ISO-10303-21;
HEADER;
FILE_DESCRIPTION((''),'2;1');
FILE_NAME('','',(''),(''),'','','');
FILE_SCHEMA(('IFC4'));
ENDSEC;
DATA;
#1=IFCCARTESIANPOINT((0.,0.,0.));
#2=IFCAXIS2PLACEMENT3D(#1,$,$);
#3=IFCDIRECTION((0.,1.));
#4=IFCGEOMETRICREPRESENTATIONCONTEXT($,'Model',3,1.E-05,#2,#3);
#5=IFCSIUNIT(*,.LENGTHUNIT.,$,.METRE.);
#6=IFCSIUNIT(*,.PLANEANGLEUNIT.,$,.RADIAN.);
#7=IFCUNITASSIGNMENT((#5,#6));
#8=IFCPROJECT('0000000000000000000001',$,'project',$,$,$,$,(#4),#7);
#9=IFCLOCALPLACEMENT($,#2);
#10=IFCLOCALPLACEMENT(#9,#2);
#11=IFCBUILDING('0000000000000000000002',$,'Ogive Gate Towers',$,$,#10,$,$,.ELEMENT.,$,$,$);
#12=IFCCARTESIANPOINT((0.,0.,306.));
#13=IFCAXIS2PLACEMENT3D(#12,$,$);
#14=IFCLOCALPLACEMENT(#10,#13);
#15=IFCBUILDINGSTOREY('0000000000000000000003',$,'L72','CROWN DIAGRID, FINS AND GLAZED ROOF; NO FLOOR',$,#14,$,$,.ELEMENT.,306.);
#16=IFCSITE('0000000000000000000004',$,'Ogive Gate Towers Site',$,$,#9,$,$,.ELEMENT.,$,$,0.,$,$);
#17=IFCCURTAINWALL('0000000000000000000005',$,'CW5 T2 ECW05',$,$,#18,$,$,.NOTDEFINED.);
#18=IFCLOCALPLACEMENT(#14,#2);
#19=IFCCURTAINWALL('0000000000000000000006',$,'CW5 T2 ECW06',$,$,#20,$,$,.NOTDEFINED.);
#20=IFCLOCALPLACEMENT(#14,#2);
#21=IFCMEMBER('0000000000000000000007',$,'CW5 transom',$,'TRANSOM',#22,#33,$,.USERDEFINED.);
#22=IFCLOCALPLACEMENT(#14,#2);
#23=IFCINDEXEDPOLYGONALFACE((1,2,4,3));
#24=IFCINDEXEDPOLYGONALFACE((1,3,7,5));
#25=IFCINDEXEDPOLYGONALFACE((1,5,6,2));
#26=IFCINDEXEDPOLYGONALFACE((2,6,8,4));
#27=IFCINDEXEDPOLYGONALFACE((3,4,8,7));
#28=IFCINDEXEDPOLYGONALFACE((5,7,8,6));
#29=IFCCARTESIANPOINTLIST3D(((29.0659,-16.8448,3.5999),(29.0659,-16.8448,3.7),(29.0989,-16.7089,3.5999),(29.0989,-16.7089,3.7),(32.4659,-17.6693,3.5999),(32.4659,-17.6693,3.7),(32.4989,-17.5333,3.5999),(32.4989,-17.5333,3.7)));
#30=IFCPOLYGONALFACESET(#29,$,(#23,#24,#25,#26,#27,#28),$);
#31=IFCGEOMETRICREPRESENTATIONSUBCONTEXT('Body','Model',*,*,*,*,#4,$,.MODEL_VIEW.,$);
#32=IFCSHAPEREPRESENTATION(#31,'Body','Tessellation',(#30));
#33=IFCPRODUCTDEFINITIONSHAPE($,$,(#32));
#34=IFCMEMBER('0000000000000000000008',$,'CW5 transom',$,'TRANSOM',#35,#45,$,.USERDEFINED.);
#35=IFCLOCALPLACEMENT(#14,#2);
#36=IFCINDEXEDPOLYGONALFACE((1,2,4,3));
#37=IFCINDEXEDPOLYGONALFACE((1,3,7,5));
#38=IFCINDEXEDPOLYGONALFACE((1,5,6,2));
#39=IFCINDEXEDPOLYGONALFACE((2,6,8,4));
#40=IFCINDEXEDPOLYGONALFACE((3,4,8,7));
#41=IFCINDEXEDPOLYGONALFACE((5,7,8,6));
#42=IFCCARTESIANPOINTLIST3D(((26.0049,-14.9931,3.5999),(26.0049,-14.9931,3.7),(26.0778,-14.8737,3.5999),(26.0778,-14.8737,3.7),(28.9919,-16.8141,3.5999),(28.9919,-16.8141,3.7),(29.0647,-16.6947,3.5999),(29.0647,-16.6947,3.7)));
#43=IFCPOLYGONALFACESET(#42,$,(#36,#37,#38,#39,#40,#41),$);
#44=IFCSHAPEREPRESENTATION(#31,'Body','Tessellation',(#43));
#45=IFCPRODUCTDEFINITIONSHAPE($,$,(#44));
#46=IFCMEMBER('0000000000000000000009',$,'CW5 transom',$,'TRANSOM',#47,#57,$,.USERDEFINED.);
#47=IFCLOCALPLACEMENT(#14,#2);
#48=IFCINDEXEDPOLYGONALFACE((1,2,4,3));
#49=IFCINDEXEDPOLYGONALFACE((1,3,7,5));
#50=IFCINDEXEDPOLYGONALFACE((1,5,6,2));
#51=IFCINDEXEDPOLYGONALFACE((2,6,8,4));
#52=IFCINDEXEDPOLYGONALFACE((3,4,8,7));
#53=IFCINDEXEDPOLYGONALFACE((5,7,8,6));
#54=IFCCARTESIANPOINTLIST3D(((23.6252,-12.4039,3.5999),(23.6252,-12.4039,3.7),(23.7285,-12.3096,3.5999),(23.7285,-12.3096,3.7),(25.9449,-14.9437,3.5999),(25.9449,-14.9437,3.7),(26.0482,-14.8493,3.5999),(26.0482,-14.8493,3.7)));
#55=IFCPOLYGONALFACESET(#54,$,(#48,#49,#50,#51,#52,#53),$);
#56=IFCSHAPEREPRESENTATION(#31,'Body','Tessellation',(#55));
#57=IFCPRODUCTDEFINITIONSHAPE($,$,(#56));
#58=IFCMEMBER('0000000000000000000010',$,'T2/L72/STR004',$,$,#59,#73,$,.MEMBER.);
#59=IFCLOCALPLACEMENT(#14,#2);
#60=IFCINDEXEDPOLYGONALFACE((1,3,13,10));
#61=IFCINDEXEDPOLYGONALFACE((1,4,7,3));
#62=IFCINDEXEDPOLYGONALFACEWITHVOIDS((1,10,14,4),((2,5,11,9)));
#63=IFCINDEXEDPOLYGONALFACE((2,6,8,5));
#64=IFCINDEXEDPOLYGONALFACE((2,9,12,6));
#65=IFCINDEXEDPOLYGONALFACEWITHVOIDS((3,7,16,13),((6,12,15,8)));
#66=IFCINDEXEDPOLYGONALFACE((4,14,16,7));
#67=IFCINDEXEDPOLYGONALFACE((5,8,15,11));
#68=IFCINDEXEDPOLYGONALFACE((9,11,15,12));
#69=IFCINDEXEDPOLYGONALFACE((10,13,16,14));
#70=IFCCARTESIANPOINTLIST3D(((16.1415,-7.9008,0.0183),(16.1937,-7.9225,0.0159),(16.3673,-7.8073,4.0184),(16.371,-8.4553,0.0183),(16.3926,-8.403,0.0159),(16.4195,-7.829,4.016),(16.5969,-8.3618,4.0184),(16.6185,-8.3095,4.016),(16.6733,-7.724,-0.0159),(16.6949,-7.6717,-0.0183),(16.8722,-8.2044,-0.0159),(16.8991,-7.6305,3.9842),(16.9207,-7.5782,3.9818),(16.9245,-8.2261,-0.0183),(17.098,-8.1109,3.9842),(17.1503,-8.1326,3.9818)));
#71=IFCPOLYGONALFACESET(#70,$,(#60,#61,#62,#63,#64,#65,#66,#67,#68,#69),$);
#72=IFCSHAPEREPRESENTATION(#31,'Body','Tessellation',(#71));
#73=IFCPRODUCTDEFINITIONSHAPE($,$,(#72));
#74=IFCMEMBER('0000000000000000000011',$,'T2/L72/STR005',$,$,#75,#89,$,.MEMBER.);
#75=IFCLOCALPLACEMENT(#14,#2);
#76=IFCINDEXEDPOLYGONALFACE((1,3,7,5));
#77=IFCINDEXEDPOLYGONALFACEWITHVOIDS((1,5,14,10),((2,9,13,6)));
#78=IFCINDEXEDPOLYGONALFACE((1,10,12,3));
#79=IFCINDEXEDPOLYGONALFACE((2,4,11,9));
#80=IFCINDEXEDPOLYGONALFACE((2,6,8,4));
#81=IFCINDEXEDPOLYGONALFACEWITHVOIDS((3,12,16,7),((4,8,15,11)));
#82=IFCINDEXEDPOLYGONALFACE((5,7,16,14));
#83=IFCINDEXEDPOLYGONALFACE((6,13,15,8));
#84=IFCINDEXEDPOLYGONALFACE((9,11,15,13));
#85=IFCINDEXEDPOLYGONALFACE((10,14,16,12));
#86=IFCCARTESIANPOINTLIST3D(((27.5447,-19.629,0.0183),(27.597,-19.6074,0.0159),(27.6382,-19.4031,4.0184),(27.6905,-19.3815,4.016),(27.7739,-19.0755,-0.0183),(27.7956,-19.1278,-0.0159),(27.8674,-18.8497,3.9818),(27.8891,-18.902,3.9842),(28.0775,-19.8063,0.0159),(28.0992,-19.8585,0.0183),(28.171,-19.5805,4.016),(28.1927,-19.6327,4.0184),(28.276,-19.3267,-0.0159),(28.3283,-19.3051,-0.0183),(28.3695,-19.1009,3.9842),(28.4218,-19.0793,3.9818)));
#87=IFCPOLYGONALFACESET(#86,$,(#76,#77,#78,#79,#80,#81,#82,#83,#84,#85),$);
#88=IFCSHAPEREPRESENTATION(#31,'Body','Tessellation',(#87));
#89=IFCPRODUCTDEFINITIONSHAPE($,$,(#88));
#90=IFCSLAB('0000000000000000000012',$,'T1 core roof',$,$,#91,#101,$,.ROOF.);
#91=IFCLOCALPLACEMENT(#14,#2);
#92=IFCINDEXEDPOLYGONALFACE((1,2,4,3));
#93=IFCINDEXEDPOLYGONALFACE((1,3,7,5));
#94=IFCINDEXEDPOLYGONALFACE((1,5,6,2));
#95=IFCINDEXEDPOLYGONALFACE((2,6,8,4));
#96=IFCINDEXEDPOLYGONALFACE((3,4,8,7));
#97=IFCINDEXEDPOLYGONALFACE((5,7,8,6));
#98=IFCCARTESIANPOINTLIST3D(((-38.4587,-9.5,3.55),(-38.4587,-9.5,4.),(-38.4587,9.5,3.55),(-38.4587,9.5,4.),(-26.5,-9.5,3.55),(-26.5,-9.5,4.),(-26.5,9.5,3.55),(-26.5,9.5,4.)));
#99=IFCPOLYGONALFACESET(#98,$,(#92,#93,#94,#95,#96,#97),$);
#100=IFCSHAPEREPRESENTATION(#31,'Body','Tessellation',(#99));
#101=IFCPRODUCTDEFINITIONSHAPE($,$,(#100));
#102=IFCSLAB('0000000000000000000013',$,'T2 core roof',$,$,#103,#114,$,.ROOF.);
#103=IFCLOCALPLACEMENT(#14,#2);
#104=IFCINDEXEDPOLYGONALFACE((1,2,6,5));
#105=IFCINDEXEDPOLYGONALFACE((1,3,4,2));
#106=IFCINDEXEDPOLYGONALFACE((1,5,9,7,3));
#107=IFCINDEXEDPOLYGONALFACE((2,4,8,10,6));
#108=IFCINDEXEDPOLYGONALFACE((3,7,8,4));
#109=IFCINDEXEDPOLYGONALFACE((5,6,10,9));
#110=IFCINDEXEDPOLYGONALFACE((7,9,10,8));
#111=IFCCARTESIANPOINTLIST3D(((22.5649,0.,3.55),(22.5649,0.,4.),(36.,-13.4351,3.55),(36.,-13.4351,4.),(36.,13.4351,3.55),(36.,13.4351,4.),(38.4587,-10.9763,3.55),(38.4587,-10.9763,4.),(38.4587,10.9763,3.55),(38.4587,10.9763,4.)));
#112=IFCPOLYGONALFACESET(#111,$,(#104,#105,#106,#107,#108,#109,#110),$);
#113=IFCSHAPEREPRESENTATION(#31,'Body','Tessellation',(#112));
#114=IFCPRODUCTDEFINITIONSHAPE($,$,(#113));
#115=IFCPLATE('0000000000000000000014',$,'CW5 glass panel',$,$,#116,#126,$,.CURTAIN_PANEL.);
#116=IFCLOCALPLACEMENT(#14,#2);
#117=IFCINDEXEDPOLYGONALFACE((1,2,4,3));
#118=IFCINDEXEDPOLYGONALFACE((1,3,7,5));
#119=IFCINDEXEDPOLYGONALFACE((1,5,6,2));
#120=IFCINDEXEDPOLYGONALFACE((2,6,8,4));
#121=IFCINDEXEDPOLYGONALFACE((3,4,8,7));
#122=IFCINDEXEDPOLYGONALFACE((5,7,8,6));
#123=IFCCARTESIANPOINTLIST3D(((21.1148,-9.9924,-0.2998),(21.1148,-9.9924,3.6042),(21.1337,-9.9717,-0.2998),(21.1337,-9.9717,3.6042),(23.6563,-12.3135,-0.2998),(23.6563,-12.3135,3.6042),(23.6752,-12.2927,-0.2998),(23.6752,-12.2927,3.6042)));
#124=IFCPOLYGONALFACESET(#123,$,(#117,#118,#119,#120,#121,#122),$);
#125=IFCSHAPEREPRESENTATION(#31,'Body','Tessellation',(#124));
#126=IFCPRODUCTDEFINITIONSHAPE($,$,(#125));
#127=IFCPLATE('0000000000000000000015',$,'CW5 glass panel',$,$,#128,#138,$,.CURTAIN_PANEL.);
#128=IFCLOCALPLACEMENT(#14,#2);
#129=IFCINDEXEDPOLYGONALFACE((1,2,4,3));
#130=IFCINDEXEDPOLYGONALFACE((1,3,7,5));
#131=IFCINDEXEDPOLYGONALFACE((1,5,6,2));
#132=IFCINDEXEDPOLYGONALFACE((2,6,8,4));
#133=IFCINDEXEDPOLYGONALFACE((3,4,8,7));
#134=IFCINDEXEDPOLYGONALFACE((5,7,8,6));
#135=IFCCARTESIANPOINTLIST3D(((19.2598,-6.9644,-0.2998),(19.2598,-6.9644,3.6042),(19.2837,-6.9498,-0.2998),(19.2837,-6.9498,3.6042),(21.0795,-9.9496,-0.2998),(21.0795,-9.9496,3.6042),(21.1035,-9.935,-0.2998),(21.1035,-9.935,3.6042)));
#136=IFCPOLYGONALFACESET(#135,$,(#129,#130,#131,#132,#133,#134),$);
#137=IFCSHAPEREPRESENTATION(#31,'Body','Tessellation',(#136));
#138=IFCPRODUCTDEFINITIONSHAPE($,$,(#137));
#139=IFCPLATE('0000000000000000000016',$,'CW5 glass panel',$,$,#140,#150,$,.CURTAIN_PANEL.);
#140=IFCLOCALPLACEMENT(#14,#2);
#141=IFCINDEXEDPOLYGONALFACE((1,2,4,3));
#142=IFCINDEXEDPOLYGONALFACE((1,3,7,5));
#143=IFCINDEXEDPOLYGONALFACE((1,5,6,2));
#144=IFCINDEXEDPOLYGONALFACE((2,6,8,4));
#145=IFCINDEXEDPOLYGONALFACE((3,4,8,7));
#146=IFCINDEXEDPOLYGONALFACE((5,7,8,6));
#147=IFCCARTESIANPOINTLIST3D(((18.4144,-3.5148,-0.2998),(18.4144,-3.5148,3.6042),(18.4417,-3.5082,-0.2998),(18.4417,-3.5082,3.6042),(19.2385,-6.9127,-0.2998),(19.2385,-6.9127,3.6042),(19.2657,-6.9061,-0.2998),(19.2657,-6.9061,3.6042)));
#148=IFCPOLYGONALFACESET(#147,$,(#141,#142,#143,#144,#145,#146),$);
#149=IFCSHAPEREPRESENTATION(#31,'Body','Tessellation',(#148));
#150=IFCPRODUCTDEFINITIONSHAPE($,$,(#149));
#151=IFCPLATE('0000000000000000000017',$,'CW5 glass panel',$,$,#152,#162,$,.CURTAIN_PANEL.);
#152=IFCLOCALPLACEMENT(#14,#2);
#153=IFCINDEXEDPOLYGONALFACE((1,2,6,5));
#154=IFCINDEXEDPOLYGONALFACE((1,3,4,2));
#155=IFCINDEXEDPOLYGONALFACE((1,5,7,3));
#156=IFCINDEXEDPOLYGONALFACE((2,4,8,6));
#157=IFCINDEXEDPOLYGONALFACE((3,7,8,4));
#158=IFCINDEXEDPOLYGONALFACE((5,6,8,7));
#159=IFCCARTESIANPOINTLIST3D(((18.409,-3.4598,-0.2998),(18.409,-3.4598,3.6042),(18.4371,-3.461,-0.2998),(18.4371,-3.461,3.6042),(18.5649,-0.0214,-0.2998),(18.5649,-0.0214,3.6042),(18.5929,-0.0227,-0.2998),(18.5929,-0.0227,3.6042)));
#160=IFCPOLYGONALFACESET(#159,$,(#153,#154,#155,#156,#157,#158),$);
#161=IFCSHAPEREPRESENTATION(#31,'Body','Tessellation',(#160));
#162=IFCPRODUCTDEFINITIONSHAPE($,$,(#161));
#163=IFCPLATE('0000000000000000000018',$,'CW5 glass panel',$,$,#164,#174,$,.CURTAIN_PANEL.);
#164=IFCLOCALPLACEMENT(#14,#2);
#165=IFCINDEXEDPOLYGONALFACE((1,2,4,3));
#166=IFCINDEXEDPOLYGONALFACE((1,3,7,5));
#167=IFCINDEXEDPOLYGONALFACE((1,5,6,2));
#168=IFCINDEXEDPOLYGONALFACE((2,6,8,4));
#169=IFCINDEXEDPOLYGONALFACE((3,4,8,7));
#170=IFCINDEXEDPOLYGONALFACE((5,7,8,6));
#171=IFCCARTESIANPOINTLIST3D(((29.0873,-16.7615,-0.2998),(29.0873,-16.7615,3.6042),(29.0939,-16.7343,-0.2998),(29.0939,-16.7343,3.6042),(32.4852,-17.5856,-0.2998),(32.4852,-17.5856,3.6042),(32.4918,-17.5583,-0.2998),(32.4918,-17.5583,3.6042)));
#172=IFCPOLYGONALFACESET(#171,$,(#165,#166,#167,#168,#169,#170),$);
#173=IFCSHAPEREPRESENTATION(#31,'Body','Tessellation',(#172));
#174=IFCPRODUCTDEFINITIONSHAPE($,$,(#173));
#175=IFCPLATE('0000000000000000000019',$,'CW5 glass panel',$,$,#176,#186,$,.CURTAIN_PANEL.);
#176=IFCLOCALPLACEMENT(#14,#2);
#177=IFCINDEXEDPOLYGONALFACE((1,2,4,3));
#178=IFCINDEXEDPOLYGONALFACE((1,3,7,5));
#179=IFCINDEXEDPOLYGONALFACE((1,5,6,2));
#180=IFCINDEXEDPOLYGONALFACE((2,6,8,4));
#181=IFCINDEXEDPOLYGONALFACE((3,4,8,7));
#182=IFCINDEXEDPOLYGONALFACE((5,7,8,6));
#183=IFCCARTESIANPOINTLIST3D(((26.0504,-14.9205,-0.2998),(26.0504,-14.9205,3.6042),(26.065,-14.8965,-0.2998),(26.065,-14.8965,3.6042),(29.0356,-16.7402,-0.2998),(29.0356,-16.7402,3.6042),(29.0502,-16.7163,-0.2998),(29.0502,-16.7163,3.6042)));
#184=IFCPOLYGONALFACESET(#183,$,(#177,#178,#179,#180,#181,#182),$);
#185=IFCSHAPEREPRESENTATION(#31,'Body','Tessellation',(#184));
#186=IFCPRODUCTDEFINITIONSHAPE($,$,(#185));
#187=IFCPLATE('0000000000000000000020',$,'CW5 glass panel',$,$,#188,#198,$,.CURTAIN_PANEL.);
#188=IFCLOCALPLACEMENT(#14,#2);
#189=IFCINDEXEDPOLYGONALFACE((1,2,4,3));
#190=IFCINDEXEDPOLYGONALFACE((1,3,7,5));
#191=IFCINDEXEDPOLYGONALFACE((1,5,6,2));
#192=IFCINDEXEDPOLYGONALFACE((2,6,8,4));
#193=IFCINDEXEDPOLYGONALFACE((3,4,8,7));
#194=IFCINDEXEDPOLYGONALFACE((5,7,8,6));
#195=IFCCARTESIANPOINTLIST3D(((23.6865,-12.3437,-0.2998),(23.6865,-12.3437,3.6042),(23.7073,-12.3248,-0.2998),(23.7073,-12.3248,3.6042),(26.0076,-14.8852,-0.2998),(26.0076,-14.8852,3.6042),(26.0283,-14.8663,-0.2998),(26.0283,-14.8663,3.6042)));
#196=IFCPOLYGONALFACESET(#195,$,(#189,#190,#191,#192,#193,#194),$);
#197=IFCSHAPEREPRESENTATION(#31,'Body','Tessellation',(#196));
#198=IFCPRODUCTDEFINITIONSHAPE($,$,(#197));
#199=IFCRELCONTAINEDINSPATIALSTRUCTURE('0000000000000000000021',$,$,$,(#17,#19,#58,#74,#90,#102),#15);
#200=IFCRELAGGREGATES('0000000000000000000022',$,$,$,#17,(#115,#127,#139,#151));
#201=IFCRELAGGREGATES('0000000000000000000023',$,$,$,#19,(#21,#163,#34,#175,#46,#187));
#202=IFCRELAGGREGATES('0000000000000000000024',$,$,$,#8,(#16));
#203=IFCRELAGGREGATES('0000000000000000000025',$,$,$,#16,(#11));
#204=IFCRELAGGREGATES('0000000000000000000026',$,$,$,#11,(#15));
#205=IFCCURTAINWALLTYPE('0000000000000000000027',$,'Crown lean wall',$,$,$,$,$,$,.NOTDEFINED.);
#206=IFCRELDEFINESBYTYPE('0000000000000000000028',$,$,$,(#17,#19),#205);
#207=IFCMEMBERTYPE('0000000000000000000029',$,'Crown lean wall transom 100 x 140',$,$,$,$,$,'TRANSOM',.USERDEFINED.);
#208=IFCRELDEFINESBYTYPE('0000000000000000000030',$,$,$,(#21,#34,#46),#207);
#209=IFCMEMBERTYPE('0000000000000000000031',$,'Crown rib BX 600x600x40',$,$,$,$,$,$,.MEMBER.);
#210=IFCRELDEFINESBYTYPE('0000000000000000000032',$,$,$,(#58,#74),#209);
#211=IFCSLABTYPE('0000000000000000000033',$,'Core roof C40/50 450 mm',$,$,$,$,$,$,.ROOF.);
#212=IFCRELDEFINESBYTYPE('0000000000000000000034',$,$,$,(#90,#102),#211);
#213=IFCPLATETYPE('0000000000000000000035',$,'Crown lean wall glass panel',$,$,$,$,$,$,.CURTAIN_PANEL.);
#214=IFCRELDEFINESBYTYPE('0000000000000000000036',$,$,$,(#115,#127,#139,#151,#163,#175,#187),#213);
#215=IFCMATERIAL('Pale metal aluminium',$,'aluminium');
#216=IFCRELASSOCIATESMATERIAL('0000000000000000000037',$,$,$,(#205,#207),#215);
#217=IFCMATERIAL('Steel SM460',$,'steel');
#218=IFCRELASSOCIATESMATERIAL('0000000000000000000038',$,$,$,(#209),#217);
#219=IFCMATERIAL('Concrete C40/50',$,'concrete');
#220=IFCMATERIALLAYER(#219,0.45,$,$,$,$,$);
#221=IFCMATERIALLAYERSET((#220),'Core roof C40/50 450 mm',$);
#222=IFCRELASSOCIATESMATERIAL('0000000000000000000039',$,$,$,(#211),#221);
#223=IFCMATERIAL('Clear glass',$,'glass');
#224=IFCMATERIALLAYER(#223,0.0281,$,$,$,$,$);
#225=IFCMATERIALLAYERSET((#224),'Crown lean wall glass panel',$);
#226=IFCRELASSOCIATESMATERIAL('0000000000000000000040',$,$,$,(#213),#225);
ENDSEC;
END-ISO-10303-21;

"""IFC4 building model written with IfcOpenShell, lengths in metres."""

from ifc_helpers import new_model, si_unit, direction, frame, origin, origin_2d, place, context, subcontext, project, spatial, polyline, rectangle, hollow_rectangle, outline, extrude, material, layer, layer_set, material_profile, profile_set, type_object, element, aggregate, save


model = new_model("IFC4")

# Units and contexts
model_context = context("Model", 3, precision=1e-05, world=origin(), true_north=direction((0.0, 1.0)))
body_context = subcontext(model_context, "Body", "Model", "MODEL_VIEW")
ifc_project = project(units=[si_unit("LENGTHUNIT", "METRE"), si_unit("PLANEANGLEUNIT", "RADIAN")], contexts=[model_context])

# Site, building, storey
site_placement = place(None, origin())
site = spatial("IfcSite", under=ifc_project, at=site_placement, Name="Ogive Gate Towers Site", CompositionType="ELEMENT", RefElevation=0.0)
building_placement = place(site_placement, origin())
building = spatial("IfcBuilding", under=site, at=building_placement, Name="Ogive Gate Towers", CompositionType="ELEMENT")
storey_placement = place(building_placement, frame((0.0, 0.0, 306.0)))
storey = spatial("IfcBuildingStorey", under=building, at=storey_placement, Name="L72", Description="CROWN DIAGRID, FINS AND GLAZED ROOF; NO FLOOR", CompositionType="ELEMENT", Elevation=306.0)

# Shared definitions
ifc_material_1 = material(Name="Steel SM460", Category="steel")

# Shared definitions
ifc_material_2 = material(Name="Pale metal aluminium", Category="aluminium")
curtain_wall_type = type_object("IfcCurtainWallType", Name="Crown lean wall", PredefinedType="NOTDEFINED", material=ifc_material_2)

# Curtain walls
curtain_wall_1_placement = place(storey_placement, origin())
curtain_wall_1 = element("IfcCurtainWall", 1, at=curtain_wall_1_placement, inside=storey, type_object=curtain_wall_type, Name="CW5 T2 ECW05", PredefinedType="NOTDEFINED")
curtain_wall_2_placement = place(storey_placement, origin())
curtain_wall_2 = element("IfcCurtainWall", 2, at=curtain_wall_2_placement, inside=storey, type_object=curtain_wall_type, Name="CW5 T2 ECW06", PredefinedType="NOTDEFINED")

# Members
ifc_material_profile_1 = material_profile(ifc_material_2, rectangle(XDim=0.1399, YDim=0.1001, at=origin_2d()), Name="100 x 140 aluminium box")
ifc_profile_set_1 = profile_set([ifc_material_profile_1], Name="Pale metal aluminium")
member_type_1 = type_object("IfcMemberType", Name="Crown lean wall transom 100 x 140", ElementType="TRANSOM", PredefinedType="USERDEFINED", material=ifc_profile_set_1)
member_1_placement = place(storey_placement, frame((32.4824, -17.6013, 3.6499), z_axis=(-0.971834, 0.235666, 0.0), x_axis=(-0.235666, -0.971834, 0.0)))
member_1 = element("IfcMember", 3, at=member_1_placement, type_object=member_type_1, Name="CW5 transom", ObjectType="TRANSOM", PredefinedType="USERDEFINED", context=body_context, shape_type="SweptSolid", body=[
    extrude(rectangle(XDim=0.1399, YDim=0.1001, at=origin_2d()), origin(), (0.0, 0.0, 1.0), 3.4985),
])
member_2_placement = place(storey_placement, frame((29.0283, -16.7544, 3.6499), z_axis=(-0.853839, 0.520538, 0.0), x_axis=(-0.520538, -0.853839, 0.0)))
member_2 = element("IfcMember", 4, at=member_2_placement, type_object=member_type_1, Name="CW5 transom", ObjectType="TRANSOM", PredefinedType="USERDEFINED", context=body_context, shape_type="SweptSolid", body=[
    extrude(rectangle(XDim=0.1399, YDim=0.1001, at=origin_2d()), origin(), (0.0, 0.0, 1.0), 3.4983),
])
member_3_placement = place(storey_placement, frame((25.9966, -14.8965, 3.6499), z_axis=(-0.674409, 0.738358, 0.0), x_axis=(-0.738358, -0.674409, 0.0)))
member_3 = element("IfcMember", 5, at=member_3_placement, type_object=member_type_1, Name="CW5 transom", ObjectType="TRANSOM", PredefinedType="USERDEFINED", context=body_context, shape_type="SweptSolid", body=[
    extrude(rectangle(XDim=0.1399, YDim=0.1001, at=origin_2d()), origin(), (0.0, 0.0, 1.0), 3.4397),
])

# Members
ifc_material_profile_2 = material_profile(ifc_material_1, hollow_rectangle(XDim=0.6001, YDim=0.6001, WallThickness=0.04, at=origin_2d()), Name="BX 600x600x40")
ifc_profile_set_2 = profile_set([ifc_material_profile_2], Name="Steel SM460")
member_type_2 = type_object("IfcMemberType", Name="Crown rib BX 600x600x40", PredefinedType="MEMBER", material=ifc_profile_set_2)
for number, where, z_axis, x_axis, name in (
    (6, (16.533, -8.0635, 0.0), (0.056352, 0.023333, 0.998138), (-0.382558, 0.923932, 0.0), "T2/L72/STR004"),
    (7, (27.9365, -19.467, 0.0), (0.023333, 0.056352, 0.998138), (-0.923932, 0.382558, 0.0), "T2/L72/STR005"),
):
    element("IfcMember", number, at=place(storey_placement, frame(where, z_axis=z_axis, x_axis=x_axis)), inside=storey, type_object=member_type_2, Name=name, PredefinedType="MEMBER", context=body_context, shape_type="SweptSolid", body=[
        extrude(hollow_rectangle(XDim=0.6001, YDim=0.6001, WallThickness=0.04, at=origin_2d()), origin(), (0.0, 0.0, 1.0), 4.0076),
    ])

# Slabs
ifc_material_3 = material(Name="Concrete C40/50", Category="concrete")
ifc_layer_1 = layer(ifc_material_3, 0.45)
ifc_layer_set_1 = layer_set([ifc_layer_1], Name="Core roof C40/50 450 mm")
slab_type = type_object("IfcSlabType", Name="Core roof C40/50 450 mm", PredefinedType="ROOF", material=ifc_layer_set_1)
slab_1_placement = place(storey_placement, frame((0.0, 0.0, 3.55)))
element("IfcSlab", 8, at=slab_1_placement, inside=storey, type_object=slab_type, Name="T1 core roof", PredefinedType="ROOF", context=body_context, shape_type="SweptSolid", body=[
    extrude(outline(polyline([(-26.5, -9.5), (-38.4587, -9.5), (-38.4587, 9.5), (-26.5, 9.5), (-26.5, -9.5)])), origin(), (0.0, 0.0, 1.0), 0.45),
])
slab_2_placement = place(storey_placement, frame((0.0, 0.0, 3.55)))
element("IfcSlab", 9, at=slab_2_placement, inside=storey, type_object=slab_type, Name="T2 core roof", PredefinedType="ROOF", context=body_context, shape_type="SweptSolid", body=[
    extrude(outline(polyline([(22.5649, 0.0), (36.0, 13.4351), (38.4587, 10.9763), (38.4587, -10.9763), (36.0, -13.4351), (22.5649, 0.0)])), origin(), (0.0, 0.0, 1.0), 0.45),
])

# Plates
ifc_material_4 = material(Name="Clear glass", Category="glass")
ifc_layer_2 = layer(ifc_material_4, 0.0281)
ifc_layer_set_2 = layer_set([ifc_layer_2], Name="Crown lean wall glass panel")
plate_type = type_object("IfcPlateType", Name="Crown lean wall glass panel", PredefinedType="CURTAIN_PANEL", material=ifc_layer_set_2)
plate_1_placement = place(storey_placement, frame((22.395, -11.1426, -0.2998), z_axis=(0.0, 0.0, 1.0), x_axis=(-0.738408, 0.674354, 0.0)))
plate_1 = element("IfcPlate", 10, at=plate_1_placement, type_object=plate_type, Name="CW5 glass panel", PredefinedType="CURTAIN_PANEL", context=body_context, shape_type="SweptSolid", body=[
    extrude(rectangle(XDim=3.4419, YDim=0.0281, at=origin_2d()), origin(), (0.0, 0.0, 1.0), 3.9041),
])
plate_2_placement = place(storey_placement, frame((20.1816, -8.4497, -0.2998), z_axis=(0.0, 0.0, 1.0), x_axis=(-0.520518, 0.853851, 0.0)))
plate_2 = element("IfcPlate", 11, at=plate_2_placement, type_object=plate_type, Name="CW5 glass panel", PredefinedType="CURTAIN_PANEL", context=body_context, shape_type="SweptSolid", body=[
    extrude(rectangle(XDim=3.4961, YDim=0.0281, at=origin_2d()), origin(), (0.0, 0.0, 1.0), 3.9041),
])
plate_3_placement = place(storey_placement, frame((18.8401, -5.2104, -0.2998), z_axis=(0.0, 0.0, 1.0), x_axis=(-0.235685, 0.97183, 0.0)))
plate_3 = element("IfcPlate", 12, at=plate_3_placement, type_object=plate_type, Name="CW5 glass panel", PredefinedType="CURTAIN_PANEL", context=body_context, shape_type="SweptSolid", body=[
    extrude(rectangle(XDim=3.4963, YDim=0.0281, at=origin_2d()), origin(), (0.0, 0.0, 1.0), 3.9041),
])
plate_4_placement = place(storey_placement, frame((18.501, -1.7412, -0.2998), z_axis=(0.0, 0.0, 1.0), x_axis=(0.045276, 0.998975, 0.0)))
plate_4 = element("IfcPlate", 13, at=plate_4_placement, type_object=plate_type, Name="CW5 glass panel", PredefinedType="CURTAIN_PANEL", context=body_context, shape_type="SweptSolid", body=[
    extrude(rectangle(XDim=3.4419, YDim=0.0281, at=origin_2d()), origin(), (0.0, 0.0, 1.0), 3.9041),
])
aggregate(curtain_wall_1, [plate_1, plate_2, plate_3, plate_4])
plate_5_placement = place(storey_placement, frame((30.7896, -17.1599, -0.2998), z_axis=(0.0, 0.0, 1.0), x_axis=(-0.97183, 0.235685, 0.0)))
plate_5 = element("IfcPlate", 14, at=plate_5_placement, type_object=plate_type, Name="CW5 glass panel", PredefinedType="CURTAIN_PANEL", context=body_context, shape_type="SweptSolid", body=[
    extrude(rectangle(XDim=3.4963, YDim=0.0281, at=origin_2d()), origin(), (0.0, 0.0, 1.0), 3.9041),
])
plate_6_placement = place(storey_placement, frame((27.5503, -15.8184, -0.2998), z_axis=(0.0, 0.0, 1.0), x_axis=(-0.853851, 0.520518, 0.0)))
plate_6 = element("IfcPlate", 15, at=plate_6_placement, type_object=plate_type, Name="CW5 glass panel", PredefinedType="CURTAIN_PANEL", context=body_context, shape_type="SweptSolid", body=[
    extrude(rectangle(XDim=3.4961, YDim=0.0281, at=origin_2d()), origin(), (0.0, 0.0, 1.0), 3.9041),
])
plate_7_placement = place(storey_placement, frame((24.8574, -13.605, -0.2998), z_axis=(0.0, 0.0, 1.0), x_axis=(-0.674354, 0.738408, 0.0)))
plate_7 = element("IfcPlate", 16, at=plate_7_placement, type_object=plate_type, Name="CW5 glass panel", PredefinedType="CURTAIN_PANEL", context=body_context, shape_type="SweptSolid", body=[
    extrude(rectangle(XDim=3.4419, YDim=0.0281, at=origin_2d()), origin(), (0.0, 0.0, 1.0), 3.9041),
])
aggregate(curtain_wall_2, [member_1, plate_5, member_2, plate_6, member_3, plate_7])

save(model, "model.ifc")
